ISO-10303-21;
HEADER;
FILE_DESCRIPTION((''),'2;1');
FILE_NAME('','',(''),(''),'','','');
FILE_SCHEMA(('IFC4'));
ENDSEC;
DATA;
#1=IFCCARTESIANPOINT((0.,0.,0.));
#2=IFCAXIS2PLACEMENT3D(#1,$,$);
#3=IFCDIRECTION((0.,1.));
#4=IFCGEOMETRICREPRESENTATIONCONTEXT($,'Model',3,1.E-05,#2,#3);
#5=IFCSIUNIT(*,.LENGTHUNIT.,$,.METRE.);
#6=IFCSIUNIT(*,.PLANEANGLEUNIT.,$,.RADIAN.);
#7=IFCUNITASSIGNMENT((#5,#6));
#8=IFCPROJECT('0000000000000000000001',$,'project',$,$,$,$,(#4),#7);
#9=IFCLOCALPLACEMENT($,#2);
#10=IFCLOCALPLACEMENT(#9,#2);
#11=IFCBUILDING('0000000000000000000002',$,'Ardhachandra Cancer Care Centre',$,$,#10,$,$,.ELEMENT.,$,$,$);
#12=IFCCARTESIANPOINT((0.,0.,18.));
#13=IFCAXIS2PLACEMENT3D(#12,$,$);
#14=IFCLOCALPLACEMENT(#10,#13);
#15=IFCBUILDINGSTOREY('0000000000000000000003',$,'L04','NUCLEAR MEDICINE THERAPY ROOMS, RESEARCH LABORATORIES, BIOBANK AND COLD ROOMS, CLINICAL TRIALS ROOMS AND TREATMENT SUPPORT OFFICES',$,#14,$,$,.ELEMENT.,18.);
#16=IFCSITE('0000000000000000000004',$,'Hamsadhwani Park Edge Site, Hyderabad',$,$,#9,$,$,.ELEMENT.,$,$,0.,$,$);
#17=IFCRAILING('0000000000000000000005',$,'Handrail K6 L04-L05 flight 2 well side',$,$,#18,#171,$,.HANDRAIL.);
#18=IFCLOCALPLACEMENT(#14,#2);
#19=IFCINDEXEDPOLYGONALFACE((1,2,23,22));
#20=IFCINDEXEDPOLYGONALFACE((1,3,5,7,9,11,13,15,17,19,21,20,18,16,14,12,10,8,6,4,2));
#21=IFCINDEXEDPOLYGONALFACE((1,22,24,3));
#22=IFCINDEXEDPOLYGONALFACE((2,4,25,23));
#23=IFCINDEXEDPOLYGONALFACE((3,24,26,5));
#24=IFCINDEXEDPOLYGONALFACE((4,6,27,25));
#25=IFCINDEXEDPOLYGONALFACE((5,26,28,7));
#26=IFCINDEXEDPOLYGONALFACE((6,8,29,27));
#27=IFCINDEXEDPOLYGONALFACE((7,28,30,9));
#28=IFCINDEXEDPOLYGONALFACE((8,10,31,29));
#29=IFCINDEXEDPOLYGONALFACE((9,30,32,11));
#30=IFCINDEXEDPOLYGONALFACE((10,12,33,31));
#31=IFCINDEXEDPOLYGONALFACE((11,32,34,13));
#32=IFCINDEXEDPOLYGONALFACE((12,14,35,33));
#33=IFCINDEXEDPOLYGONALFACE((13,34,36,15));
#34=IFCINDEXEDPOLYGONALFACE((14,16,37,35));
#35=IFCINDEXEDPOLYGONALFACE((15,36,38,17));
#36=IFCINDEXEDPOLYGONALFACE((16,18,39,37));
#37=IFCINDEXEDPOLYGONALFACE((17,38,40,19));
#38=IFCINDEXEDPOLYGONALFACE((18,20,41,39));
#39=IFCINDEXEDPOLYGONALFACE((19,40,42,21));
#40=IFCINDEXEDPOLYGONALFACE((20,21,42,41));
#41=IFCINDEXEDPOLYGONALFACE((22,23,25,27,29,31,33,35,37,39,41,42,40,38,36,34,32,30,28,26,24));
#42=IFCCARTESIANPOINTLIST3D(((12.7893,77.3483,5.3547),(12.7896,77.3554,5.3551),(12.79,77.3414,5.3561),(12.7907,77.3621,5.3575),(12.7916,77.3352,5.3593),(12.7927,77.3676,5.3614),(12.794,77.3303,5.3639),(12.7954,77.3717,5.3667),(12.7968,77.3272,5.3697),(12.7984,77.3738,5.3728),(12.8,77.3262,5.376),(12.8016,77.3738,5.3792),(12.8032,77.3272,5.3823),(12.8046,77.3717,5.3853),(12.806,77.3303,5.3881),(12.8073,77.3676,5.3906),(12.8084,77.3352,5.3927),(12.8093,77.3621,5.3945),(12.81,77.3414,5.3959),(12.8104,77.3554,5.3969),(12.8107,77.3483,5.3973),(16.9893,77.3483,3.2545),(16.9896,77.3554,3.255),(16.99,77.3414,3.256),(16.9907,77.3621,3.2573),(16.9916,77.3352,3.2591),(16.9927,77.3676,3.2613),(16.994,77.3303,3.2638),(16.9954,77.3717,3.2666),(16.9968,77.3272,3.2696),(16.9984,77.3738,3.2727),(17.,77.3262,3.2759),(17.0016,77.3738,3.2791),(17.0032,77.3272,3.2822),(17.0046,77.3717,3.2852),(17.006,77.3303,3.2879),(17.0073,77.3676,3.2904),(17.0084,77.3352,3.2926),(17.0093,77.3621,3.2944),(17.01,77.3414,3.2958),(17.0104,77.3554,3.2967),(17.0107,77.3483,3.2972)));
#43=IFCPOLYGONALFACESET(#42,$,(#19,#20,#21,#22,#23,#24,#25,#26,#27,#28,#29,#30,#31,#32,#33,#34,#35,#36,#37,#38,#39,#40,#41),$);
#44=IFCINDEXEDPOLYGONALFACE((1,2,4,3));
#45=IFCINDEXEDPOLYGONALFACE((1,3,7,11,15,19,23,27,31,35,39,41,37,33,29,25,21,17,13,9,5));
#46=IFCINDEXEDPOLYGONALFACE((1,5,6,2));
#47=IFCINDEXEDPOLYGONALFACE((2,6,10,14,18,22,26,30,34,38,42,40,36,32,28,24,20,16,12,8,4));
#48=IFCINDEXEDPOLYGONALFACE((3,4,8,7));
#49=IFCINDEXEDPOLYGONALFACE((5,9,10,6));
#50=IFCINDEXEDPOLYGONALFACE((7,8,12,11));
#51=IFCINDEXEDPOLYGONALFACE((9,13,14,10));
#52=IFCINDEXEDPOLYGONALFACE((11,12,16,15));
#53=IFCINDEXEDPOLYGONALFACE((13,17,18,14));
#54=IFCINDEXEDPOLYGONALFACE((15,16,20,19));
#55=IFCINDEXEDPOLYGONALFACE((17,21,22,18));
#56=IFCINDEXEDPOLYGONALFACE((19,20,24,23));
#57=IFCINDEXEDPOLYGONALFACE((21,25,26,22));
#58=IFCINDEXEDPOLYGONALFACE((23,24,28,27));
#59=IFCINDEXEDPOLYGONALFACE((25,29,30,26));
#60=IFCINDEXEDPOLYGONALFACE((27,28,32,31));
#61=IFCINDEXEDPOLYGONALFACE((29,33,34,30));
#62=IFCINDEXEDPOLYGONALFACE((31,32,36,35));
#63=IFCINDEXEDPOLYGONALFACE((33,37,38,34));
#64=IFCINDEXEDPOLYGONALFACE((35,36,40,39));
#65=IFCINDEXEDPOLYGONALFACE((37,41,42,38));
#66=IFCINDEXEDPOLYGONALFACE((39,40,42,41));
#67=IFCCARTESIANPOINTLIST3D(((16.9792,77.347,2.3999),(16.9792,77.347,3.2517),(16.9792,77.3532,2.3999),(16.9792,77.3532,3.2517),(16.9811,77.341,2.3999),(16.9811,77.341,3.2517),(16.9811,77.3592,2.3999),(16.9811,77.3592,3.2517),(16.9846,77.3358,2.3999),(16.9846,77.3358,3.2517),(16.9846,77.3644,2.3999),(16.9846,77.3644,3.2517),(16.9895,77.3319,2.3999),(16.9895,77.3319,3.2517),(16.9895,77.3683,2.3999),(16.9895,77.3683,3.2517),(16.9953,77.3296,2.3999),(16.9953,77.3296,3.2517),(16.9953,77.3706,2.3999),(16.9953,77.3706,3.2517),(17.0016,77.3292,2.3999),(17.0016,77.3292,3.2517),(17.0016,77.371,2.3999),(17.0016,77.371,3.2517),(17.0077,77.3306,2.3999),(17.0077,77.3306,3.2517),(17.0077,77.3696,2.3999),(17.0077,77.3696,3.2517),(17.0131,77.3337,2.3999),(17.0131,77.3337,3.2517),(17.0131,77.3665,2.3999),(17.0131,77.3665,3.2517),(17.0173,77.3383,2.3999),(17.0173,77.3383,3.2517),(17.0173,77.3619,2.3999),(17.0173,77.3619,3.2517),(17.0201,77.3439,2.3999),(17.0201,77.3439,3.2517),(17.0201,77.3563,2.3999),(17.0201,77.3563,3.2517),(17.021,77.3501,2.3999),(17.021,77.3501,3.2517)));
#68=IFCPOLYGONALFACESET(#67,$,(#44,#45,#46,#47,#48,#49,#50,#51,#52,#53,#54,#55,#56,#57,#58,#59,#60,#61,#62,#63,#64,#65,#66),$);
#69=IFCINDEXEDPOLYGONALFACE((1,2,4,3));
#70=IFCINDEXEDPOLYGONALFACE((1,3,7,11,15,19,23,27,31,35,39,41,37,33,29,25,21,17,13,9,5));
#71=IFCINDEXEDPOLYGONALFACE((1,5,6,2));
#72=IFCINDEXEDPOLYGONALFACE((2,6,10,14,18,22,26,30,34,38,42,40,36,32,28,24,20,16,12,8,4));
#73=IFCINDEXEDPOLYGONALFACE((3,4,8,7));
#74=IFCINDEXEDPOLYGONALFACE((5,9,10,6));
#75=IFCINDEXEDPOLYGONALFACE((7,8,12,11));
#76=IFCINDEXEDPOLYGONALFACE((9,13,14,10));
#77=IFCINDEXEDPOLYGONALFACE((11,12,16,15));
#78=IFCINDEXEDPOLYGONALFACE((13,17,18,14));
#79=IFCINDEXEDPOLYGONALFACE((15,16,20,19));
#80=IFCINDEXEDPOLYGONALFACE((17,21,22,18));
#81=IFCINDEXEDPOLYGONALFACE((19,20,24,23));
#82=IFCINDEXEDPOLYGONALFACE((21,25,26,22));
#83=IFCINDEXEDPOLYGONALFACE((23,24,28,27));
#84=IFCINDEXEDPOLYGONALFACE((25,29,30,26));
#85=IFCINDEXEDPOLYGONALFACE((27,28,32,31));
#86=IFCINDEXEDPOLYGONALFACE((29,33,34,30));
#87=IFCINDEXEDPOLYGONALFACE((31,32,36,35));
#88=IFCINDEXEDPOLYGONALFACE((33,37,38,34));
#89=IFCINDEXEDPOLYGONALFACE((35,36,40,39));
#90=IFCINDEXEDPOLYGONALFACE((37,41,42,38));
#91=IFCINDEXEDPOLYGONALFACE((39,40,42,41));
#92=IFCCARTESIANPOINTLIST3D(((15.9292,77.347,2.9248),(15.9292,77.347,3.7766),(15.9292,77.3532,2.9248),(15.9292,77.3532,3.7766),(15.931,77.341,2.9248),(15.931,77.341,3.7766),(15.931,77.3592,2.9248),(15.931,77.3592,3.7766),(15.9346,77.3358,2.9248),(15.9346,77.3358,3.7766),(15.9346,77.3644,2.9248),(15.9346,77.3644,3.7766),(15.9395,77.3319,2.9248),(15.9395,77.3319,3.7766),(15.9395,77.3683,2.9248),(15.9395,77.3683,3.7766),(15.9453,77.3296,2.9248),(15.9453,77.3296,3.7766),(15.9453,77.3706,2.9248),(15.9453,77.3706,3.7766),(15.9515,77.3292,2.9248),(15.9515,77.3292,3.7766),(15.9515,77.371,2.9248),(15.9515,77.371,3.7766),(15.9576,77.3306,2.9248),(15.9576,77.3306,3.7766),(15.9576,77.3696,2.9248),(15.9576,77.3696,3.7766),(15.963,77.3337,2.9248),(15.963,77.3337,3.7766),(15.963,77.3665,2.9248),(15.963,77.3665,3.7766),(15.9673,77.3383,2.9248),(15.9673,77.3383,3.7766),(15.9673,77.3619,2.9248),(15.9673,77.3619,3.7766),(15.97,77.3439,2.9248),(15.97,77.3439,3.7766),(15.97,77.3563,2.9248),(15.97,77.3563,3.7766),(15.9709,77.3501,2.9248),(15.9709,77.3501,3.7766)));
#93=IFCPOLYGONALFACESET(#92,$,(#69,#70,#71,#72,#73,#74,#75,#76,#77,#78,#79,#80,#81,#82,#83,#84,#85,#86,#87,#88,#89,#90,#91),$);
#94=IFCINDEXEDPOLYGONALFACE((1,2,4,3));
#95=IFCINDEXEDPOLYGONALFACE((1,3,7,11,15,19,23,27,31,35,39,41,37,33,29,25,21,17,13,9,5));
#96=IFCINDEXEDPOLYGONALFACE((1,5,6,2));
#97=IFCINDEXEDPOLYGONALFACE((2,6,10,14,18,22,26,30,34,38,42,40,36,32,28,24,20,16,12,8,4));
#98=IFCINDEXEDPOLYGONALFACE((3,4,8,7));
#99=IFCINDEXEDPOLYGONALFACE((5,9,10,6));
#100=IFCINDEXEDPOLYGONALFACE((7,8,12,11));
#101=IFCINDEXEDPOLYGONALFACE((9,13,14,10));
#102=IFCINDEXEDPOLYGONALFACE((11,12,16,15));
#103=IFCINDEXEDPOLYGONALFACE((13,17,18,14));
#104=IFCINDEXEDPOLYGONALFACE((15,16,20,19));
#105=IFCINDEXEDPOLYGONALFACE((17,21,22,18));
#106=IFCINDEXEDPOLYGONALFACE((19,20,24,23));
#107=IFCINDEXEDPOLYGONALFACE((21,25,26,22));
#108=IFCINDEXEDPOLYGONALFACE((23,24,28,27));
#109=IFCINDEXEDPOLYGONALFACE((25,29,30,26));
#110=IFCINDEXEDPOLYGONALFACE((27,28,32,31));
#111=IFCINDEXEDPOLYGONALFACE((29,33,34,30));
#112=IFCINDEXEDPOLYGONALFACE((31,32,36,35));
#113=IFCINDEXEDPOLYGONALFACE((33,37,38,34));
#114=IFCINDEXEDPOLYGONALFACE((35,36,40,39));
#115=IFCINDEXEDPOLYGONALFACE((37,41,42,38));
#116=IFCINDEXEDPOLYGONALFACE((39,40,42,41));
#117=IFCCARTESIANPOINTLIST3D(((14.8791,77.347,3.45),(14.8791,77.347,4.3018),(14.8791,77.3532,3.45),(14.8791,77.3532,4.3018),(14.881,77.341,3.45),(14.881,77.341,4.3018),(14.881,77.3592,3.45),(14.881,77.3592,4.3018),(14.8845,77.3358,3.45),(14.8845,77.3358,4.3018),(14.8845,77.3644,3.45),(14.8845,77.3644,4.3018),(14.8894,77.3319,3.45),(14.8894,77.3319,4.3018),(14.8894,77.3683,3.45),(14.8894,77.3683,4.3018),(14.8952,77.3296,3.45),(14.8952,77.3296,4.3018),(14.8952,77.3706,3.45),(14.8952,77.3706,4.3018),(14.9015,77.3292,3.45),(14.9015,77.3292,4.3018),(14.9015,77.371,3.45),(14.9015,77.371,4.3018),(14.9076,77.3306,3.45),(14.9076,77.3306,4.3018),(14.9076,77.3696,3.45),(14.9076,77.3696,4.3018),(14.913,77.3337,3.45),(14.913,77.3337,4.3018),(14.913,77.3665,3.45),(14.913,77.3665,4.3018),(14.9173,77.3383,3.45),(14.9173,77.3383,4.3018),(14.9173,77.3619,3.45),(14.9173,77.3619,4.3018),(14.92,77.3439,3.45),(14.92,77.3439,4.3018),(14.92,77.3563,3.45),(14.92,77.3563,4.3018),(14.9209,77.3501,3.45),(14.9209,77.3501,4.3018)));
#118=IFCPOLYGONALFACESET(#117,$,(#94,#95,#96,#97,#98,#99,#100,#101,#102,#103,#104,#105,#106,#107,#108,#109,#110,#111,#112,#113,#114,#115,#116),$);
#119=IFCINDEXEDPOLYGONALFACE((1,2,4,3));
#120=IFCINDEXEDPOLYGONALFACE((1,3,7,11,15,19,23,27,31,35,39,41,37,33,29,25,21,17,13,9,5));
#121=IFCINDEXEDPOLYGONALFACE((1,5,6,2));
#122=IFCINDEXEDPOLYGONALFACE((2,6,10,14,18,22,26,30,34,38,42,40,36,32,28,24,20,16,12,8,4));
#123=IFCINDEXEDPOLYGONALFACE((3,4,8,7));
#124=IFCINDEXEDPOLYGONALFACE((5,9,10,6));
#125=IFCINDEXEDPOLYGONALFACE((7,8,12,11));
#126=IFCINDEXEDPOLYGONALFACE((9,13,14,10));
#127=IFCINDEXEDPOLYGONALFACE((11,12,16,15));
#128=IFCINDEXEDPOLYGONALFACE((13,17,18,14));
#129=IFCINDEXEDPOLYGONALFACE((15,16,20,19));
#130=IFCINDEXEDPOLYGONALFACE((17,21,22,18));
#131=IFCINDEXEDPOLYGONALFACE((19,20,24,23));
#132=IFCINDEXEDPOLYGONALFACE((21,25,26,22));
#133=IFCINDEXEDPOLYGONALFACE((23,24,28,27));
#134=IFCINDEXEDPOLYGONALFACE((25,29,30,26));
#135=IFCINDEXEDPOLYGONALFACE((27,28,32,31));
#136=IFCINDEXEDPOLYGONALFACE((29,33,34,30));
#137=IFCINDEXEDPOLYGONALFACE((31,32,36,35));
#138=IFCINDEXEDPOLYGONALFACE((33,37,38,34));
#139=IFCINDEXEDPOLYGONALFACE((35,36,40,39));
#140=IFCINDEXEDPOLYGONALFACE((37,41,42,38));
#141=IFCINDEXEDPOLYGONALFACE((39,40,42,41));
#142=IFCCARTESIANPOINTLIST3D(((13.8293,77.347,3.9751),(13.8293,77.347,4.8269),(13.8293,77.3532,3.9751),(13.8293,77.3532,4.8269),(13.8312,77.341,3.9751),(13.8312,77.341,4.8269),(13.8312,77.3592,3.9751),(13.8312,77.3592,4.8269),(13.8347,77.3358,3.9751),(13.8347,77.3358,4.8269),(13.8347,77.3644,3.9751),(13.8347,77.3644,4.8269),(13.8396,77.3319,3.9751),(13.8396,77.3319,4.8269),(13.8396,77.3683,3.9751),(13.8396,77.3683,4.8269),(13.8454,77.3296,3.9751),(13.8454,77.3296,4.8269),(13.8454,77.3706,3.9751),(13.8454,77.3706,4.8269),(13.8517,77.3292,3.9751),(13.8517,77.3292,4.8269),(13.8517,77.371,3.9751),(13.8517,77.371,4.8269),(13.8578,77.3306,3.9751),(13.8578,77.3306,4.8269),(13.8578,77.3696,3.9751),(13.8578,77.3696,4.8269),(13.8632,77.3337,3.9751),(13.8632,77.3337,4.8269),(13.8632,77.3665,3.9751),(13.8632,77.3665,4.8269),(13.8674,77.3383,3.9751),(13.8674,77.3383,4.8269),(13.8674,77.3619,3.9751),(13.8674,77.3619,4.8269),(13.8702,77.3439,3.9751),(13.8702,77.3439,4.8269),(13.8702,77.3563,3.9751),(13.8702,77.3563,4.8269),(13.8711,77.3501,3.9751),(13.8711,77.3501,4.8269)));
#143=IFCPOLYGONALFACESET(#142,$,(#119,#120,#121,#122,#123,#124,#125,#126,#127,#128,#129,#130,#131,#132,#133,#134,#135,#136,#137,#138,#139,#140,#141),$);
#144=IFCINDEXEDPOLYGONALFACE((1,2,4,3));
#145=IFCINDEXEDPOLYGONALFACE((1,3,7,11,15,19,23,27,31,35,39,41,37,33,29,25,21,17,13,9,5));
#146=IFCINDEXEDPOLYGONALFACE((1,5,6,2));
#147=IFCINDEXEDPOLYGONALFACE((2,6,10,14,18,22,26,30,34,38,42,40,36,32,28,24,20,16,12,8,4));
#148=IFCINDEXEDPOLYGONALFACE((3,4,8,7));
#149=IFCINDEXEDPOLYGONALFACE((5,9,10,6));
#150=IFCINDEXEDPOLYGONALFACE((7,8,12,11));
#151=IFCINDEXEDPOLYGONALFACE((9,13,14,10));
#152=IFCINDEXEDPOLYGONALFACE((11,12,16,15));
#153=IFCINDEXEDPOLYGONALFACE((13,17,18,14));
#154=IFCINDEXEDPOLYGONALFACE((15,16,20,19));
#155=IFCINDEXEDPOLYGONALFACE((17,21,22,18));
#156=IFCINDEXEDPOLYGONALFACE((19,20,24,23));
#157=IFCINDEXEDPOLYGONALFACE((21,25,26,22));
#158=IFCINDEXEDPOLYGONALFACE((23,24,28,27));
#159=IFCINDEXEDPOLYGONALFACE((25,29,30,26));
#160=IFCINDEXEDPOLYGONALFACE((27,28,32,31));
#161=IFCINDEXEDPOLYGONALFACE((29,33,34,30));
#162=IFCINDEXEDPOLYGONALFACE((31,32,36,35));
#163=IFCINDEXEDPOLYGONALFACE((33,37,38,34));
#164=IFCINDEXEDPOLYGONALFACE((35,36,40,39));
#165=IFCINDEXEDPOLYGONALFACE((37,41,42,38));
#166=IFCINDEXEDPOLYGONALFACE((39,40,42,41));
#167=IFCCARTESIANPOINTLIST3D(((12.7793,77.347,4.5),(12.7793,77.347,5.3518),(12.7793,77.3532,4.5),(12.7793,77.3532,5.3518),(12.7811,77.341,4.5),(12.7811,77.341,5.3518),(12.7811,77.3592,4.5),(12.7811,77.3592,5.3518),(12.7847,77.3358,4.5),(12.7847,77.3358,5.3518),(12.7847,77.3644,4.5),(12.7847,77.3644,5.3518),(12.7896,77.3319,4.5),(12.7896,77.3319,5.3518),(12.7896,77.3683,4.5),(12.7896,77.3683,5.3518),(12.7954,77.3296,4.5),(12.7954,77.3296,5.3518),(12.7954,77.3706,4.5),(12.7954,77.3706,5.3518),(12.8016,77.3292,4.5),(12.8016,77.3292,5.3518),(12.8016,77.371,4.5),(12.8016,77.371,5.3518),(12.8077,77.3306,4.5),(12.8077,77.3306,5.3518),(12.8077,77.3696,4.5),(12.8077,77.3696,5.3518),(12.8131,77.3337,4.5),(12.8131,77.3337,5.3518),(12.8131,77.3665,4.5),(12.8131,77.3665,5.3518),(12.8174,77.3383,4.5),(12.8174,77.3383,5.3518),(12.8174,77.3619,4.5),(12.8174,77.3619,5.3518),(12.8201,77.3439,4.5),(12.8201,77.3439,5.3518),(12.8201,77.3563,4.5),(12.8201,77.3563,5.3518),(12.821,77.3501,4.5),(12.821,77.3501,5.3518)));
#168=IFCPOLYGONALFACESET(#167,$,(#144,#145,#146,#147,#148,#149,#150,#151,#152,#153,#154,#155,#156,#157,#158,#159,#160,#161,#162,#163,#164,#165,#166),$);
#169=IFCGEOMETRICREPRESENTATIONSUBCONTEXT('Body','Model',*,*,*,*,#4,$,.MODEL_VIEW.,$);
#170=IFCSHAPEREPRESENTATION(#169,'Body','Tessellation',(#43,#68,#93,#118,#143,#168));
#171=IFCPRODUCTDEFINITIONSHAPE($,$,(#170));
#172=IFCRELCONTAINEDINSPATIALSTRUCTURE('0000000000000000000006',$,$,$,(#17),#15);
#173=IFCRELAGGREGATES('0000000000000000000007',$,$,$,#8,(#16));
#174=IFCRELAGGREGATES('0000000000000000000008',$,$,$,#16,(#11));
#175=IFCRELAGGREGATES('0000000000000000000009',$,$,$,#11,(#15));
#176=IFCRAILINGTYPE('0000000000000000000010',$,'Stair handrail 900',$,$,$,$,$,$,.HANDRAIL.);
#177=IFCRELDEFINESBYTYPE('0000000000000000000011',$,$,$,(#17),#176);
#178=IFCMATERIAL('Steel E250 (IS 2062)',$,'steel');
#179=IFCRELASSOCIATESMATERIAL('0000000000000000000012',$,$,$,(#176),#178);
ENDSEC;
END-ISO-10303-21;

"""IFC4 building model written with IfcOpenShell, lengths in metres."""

from ifc_helpers import new_model, si_unit, direction, frame, origin, origin_2d, place, context, subcontext, project, spatial, circle, extrude, material, type_object, element, save


model = new_model("IFC4")

# Units and contexts
model_context = context("Model", 3, precision=1e-05, world=origin(), true_north=direction((0.0, 1.0)))
body_context = subcontext(model_context, "Body", "Model", "MODEL_VIEW")
ifc_project = project(units=[si_unit("LENGTHUNIT", "METRE"), si_unit("PLANEANGLEUNIT", "RADIAN")], contexts=[model_context])

# Site, building, storey
site_placement = place(None, origin())
site = spatial("IfcSite", under=ifc_project, at=site_placement, Name="Hamsadhwani Park Edge Site, Hyderabad", CompositionType="ELEMENT", RefElevation=0.0)
building_placement = place(site_placement, origin())
building = spatial("IfcBuilding", under=site, at=building_placement, Name="Ardhachandra Cancer Care Centre", CompositionType="ELEMENT")
storey_placement = place(building_placement, frame((0.0, 0.0, 18.0)))
storey = spatial("IfcBuildingStorey", under=building, at=storey_placement, Name="L04", Description="NUCLEAR MEDICINE THERAPY ROOMS, RESEARCH LABORATORIES, BIOBANK AND COLD ROOMS, CLINICAL TRIALS ROOMS AND TREATMENT SUPPORT OFFICES", CompositionType="ELEMENT", Elevation=18.0)

# Railing
ifc_material_1 = material(Name="Steel E250 (IS 2062)", Category="steel")
railing_type = type_object("IfcRailingType", Name="Stair handrail 900", PredefinedType="HANDRAIL", material=ifc_material_1)
for number, where, name in (
    (1, (17.0, 77.3501, 2.3999), "Handrail K6 L04-L05 flight 2 well side"),
):
    element("IfcRailing", number, at=place(storey_placement, frame(where)), inside=storey, type_object=railing_type, Name=name, PredefinedType="HANDRAIL", context=body_context, shape_type="SweptSolid", body=[
        extrude(circle(Radius=0.0239, at=origin_2d()), frame((0.0, 0.0, 0.876), z_axis=(-0.894417, 0.0, 0.447234), x_axis=(0.0, -1.0, 0.0)), (0.0, 0.0, 1.0), 4.6958),
        extrude(circle(Radius=0.021, at=origin_2d()), origin(), (0.0, 0.0, 1.0), 0.8518),
        extrude(circle(Radius=0.021, at=origin_2d()), frame((-1.05, 0.0, 0.5249)), (0.0, 0.0, 1.0), 0.8518),
        extrude(circle(Radius=0.021, at=origin_2d()), frame((-2.1001, 0.0, 1.05)), (0.0, 0.0, 1.0), 0.8518),
        extrude(circle(Radius=0.021, at=origin_2d()), frame((-3.1499, 0.0, 1.5752)), (0.0, 0.0, 1.0), 0.8518),
        extrude(circle(Radius=0.021, at=origin_2d()), frame((-4.2, 0.0, 2.1001)), (0.0, 0.0, 1.0), 0.8518),
    ])

save(model, "model.ifc")
